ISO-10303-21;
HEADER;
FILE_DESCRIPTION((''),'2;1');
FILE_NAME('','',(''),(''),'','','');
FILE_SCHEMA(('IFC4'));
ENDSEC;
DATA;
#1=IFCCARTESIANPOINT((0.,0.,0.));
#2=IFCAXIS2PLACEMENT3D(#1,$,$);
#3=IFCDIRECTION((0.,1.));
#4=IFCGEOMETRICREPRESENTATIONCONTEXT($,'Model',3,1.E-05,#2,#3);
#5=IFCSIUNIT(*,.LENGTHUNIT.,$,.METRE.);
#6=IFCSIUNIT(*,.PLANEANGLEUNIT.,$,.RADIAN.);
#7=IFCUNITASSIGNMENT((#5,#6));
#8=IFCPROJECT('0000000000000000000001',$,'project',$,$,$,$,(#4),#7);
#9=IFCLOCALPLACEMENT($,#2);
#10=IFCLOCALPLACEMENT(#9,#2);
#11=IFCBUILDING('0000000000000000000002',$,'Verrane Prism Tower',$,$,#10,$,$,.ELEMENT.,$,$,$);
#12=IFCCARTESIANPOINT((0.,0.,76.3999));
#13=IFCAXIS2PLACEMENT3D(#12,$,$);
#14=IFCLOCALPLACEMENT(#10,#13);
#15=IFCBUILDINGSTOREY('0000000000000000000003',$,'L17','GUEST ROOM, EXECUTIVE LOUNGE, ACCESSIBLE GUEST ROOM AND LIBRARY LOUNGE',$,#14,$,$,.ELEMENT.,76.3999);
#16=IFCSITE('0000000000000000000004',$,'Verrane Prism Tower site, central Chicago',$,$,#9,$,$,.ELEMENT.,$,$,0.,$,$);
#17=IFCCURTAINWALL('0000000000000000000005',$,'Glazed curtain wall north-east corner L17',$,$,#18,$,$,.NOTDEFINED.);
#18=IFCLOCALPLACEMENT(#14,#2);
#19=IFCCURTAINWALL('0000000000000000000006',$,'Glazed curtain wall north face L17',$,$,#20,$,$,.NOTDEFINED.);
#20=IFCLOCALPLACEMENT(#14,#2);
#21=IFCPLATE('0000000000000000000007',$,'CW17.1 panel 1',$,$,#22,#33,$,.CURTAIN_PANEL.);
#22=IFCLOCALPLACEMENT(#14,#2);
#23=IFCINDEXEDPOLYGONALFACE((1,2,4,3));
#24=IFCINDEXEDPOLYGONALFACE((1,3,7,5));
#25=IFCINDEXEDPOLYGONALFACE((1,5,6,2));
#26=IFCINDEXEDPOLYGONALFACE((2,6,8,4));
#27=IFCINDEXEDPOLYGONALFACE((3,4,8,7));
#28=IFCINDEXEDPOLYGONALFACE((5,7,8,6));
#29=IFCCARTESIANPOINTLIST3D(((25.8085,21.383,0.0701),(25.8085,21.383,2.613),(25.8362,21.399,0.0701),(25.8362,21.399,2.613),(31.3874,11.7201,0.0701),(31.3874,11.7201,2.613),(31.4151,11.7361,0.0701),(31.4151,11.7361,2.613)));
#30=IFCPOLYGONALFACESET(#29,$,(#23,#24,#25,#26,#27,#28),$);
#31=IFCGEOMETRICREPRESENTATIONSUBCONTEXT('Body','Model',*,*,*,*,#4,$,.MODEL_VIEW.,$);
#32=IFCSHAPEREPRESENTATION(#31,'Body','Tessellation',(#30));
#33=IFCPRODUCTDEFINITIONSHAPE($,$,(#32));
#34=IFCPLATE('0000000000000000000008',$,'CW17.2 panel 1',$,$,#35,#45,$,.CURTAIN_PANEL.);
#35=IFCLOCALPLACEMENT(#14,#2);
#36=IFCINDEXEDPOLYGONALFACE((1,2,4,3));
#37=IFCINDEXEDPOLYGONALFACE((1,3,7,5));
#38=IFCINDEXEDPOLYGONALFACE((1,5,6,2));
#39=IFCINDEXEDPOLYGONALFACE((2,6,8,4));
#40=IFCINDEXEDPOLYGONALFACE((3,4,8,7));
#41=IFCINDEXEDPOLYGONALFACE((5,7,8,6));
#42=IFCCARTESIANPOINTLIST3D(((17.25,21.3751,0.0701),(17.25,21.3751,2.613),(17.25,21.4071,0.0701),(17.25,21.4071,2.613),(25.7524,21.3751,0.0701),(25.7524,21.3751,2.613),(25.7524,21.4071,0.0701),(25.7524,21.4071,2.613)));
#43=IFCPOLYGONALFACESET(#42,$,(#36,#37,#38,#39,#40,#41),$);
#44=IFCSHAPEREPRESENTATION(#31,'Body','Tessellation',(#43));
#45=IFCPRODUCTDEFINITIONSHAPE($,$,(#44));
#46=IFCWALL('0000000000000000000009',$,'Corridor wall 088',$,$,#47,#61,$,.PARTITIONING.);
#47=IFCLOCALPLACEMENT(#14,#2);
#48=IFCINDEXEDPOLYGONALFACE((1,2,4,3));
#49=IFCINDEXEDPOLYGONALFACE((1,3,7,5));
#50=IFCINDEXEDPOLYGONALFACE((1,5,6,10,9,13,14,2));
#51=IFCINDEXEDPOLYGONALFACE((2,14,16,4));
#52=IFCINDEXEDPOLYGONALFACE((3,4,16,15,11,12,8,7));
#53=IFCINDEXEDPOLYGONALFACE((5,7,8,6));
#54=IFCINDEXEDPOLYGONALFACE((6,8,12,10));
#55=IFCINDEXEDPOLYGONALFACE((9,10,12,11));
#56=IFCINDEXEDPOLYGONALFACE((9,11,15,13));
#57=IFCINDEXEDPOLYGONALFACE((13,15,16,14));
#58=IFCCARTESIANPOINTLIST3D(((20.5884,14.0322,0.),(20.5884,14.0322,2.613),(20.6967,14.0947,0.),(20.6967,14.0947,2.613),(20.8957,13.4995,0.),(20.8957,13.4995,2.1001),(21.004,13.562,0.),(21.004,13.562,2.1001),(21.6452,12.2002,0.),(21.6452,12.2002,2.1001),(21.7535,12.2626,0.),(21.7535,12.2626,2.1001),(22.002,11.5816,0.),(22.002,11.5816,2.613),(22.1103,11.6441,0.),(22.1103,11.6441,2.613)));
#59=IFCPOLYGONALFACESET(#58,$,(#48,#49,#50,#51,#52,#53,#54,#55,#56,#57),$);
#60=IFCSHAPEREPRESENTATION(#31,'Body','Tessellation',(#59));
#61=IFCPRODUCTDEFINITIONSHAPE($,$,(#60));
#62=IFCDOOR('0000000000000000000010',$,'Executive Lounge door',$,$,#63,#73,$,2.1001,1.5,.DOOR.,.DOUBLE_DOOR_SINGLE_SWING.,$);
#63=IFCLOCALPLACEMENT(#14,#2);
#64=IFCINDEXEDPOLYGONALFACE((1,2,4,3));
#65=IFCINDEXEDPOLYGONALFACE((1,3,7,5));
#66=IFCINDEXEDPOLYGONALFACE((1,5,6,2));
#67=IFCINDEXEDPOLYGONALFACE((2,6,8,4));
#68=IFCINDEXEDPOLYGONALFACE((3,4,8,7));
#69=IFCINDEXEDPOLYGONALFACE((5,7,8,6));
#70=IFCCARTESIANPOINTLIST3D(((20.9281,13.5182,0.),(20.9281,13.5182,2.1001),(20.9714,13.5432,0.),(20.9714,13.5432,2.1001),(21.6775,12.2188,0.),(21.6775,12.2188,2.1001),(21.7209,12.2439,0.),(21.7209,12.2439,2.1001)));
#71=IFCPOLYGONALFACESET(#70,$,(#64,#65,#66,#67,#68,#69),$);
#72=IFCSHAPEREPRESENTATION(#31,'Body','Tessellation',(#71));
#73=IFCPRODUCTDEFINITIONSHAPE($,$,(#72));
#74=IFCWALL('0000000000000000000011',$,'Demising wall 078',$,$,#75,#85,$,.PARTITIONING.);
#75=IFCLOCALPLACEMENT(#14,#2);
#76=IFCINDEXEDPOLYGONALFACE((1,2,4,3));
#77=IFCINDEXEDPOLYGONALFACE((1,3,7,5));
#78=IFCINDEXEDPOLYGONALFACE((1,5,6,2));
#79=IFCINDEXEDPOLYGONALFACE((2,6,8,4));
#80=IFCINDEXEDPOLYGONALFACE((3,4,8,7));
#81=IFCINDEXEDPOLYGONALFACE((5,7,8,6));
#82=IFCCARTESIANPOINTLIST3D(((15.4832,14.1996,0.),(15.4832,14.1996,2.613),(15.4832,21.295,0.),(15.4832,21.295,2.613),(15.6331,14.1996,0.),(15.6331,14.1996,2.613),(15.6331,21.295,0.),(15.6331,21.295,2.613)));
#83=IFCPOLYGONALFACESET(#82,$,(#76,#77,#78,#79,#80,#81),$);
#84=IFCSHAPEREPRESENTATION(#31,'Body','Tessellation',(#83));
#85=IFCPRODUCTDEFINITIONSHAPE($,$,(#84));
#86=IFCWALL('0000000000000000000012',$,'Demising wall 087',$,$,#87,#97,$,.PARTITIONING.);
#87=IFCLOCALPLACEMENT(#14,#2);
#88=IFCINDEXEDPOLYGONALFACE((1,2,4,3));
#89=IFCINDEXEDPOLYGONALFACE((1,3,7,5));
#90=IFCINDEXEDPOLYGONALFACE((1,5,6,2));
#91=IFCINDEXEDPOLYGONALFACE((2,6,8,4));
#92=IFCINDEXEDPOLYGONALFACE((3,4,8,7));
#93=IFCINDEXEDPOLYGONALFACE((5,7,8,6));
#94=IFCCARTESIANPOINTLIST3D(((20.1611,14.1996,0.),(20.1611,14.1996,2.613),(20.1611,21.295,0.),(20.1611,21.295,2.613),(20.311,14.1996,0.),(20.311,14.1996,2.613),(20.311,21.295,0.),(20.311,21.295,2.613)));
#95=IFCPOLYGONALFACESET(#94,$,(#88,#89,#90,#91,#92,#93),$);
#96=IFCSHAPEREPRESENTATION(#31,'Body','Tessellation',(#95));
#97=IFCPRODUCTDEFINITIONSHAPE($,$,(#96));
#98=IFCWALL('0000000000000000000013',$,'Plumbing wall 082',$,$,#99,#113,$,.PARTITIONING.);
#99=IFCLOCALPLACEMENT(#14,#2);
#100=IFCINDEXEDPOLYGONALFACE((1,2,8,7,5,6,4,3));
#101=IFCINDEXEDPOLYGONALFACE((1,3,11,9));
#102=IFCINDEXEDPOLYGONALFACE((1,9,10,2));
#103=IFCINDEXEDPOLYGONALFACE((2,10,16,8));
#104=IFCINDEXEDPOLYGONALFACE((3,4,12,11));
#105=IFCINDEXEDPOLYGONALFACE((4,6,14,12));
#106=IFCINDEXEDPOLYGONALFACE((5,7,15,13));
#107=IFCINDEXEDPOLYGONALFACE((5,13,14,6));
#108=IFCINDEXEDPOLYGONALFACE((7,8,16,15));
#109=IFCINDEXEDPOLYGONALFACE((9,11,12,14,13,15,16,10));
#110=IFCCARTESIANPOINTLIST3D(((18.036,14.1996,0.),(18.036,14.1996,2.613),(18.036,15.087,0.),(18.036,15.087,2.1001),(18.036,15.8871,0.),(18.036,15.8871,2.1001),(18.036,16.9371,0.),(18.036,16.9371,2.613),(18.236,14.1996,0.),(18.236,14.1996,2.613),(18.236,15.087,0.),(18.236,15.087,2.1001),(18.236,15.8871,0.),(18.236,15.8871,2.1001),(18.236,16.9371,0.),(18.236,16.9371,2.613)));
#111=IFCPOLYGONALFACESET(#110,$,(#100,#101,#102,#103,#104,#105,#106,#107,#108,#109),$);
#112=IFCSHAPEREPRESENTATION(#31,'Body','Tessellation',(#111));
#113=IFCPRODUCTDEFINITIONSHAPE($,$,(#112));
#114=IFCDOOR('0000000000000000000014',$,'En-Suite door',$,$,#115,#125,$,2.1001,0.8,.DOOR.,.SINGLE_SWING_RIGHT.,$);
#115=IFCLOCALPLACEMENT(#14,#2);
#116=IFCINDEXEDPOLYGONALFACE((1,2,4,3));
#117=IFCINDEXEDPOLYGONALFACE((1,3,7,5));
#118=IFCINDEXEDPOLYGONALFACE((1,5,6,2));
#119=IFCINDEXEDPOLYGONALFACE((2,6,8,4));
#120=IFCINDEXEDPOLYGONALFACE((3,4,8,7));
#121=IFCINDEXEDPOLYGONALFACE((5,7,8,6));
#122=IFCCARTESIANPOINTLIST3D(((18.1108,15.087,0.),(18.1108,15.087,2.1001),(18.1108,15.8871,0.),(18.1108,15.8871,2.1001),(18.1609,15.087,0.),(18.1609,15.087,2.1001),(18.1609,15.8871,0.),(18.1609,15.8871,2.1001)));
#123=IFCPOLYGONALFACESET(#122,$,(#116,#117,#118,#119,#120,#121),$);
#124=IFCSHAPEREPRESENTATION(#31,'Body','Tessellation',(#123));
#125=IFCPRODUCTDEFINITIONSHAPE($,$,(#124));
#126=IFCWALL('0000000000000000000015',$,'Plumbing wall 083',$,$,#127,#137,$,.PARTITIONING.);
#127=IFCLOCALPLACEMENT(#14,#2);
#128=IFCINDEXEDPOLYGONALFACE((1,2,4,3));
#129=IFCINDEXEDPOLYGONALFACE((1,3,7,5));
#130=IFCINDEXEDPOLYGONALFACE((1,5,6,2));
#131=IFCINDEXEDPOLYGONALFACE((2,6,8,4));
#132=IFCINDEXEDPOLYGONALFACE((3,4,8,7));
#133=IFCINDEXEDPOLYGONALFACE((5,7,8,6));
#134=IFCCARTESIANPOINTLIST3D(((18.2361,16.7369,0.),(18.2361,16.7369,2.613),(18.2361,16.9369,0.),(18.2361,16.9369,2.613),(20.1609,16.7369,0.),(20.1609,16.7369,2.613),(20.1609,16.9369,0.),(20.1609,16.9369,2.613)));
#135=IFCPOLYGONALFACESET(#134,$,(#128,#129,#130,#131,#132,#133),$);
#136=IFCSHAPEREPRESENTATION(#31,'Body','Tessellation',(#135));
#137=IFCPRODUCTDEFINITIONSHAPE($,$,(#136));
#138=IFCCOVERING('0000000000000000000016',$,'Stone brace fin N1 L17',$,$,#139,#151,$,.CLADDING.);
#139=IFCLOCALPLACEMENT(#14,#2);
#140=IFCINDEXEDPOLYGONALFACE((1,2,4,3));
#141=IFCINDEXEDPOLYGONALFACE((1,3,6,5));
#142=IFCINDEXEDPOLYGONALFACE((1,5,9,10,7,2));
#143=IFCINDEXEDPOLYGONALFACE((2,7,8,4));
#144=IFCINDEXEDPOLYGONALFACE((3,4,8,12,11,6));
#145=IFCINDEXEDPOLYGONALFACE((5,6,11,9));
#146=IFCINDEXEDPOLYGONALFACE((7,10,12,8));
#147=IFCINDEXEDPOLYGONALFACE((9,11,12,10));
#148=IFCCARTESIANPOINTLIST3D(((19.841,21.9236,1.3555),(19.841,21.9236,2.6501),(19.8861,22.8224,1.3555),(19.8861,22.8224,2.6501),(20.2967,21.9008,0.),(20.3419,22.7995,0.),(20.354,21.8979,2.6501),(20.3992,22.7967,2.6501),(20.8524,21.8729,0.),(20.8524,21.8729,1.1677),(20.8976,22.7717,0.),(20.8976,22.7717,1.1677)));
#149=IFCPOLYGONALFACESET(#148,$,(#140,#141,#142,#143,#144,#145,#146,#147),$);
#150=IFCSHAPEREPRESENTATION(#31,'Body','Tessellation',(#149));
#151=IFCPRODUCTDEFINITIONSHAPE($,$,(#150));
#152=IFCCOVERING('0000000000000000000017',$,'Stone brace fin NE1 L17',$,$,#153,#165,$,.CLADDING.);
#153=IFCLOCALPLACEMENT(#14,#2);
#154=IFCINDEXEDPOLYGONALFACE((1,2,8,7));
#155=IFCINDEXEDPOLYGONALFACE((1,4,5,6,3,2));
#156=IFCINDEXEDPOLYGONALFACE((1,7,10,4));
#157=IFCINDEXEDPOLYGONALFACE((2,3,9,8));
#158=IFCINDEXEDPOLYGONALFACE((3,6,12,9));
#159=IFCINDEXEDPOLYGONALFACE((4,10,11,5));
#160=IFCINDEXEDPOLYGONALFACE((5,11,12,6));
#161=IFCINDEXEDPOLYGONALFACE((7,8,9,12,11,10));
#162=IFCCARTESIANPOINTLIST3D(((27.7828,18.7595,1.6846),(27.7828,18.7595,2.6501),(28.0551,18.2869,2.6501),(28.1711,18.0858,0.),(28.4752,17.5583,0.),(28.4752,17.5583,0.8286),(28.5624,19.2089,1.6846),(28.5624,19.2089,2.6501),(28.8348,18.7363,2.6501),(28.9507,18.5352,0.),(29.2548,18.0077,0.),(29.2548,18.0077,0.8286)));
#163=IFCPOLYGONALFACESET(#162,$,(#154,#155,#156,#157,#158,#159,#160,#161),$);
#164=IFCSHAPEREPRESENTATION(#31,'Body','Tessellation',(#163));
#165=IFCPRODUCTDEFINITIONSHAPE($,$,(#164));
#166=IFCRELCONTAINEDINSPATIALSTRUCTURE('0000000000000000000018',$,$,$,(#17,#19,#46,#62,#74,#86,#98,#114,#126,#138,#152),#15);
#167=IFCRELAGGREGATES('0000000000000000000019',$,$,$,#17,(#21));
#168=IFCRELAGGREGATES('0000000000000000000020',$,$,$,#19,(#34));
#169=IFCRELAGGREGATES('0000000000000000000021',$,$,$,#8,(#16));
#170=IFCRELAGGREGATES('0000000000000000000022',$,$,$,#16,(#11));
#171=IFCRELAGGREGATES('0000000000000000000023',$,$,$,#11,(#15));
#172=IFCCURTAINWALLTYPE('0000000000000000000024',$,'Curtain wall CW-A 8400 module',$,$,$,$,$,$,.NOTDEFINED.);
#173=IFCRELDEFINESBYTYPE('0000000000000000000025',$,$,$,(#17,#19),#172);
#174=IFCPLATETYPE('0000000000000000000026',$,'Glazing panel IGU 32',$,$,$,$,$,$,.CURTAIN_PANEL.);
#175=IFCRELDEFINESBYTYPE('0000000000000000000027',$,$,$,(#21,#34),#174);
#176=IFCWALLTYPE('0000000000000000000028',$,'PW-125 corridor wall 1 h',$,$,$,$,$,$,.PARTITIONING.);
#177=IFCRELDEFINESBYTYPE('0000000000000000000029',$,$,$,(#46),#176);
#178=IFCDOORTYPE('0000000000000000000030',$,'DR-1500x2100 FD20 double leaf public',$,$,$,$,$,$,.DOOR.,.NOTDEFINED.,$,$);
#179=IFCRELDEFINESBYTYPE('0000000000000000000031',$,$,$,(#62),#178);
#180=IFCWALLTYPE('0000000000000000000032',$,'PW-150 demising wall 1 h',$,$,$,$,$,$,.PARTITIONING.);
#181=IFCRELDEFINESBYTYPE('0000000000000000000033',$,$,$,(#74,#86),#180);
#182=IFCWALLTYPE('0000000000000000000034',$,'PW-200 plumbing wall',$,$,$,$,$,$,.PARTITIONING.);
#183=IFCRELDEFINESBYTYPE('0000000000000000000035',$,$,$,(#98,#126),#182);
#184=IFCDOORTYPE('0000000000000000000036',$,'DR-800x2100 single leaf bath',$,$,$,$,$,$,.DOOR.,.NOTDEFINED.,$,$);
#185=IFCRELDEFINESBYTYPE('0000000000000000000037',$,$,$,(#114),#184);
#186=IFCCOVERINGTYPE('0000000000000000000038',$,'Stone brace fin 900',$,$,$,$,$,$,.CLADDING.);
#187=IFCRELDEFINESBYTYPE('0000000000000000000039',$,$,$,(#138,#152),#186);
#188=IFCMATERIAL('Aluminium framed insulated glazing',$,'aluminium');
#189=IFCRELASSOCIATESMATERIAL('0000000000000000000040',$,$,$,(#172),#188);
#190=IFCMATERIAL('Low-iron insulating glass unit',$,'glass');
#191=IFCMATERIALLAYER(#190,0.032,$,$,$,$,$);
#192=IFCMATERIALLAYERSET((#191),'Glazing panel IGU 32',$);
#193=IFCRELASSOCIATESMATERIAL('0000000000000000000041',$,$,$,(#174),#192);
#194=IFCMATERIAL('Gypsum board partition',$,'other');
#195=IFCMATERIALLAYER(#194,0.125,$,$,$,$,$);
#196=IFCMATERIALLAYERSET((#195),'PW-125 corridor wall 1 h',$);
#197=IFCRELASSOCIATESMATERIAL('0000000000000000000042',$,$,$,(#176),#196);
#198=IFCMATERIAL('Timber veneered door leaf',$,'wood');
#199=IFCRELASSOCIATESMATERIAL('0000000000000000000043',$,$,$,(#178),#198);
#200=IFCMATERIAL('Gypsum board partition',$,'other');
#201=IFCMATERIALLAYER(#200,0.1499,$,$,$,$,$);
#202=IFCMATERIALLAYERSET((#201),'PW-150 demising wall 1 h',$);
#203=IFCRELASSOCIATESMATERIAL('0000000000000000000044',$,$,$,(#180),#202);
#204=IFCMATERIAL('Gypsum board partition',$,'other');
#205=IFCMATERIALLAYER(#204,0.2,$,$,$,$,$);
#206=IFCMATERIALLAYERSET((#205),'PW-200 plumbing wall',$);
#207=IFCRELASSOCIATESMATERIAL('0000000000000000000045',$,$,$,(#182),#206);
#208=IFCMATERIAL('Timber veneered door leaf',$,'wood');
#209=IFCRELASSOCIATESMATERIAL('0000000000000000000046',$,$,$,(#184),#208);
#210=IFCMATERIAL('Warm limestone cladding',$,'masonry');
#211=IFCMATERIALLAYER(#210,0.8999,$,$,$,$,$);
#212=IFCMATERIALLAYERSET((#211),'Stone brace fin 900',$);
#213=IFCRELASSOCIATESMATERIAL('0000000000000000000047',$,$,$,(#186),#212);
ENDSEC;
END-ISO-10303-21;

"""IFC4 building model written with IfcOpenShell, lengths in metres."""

from ifc_helpers import new_model, si_unit, direction, frame, frame_2d, origin, origin_2d, place, context, subcontext, project, spatial, polyline, rectangle, outline, extrude, material, layer, layer_set, type_object, element, fill, aggregate, save


model = new_model("IFC4")

# Units and contexts
model_context = context("Model", 3, precision=1e-05, world=origin(), true_north=direction((0.0, 1.0)))
body_context = subcontext(model_context, "Body", "Model", "MODEL_VIEW")
ifc_project = project(units=[si_unit("LENGTHUNIT", "METRE"), si_unit("PLANEANGLEUNIT", "RADIAN")], contexts=[model_context])

# Site, building, storey
site_placement = place(None, origin())
site = spatial("IfcSite", under=ifc_project, at=site_placement, Name="Verrane Prism Tower site, central Chicago", CompositionType="ELEMENT", RefElevation=0.0)
building_placement = place(site_placement, origin())
building = spatial("IfcBuilding", under=site, at=building_placement, Name="Verrane Prism Tower", CompositionType="ELEMENT")
storey_placement = place(building_placement, frame((0.0, 0.0, 76.3999)))
storey = spatial("IfcBuildingStorey", under=building, at=storey_placement, Name="L17", Description="GUEST ROOM, EXECUTIVE LOUNGE, ACCESSIBLE GUEST ROOM AND LIBRARY LOUNGE", CompositionType="ELEMENT", Elevation=76.3999)

# Curtain wall
ifc_material_1 = material(Name="Aluminium framed insulated glazing", Category="aluminium")
curtain_wall_type = type_object("IfcCurtainWallType", Name="Curtain wall CW-A 8400 module", PredefinedType="NOTDEFINED", material=ifc_material_1)
curtain_wall_1_placement = place(storey_placement, origin())
curtain_wall_1 = element("IfcCurtainWall", 1, at=curtain_wall_1_placement, inside=storey, type_object=curtain_wall_type, Name="Glazed curtain wall north-east corner L17", PredefinedType="NOTDEFINED")

# Curtain wall
curtain_wall_2_placement = place(storey_placement, origin())
curtain_wall_2 = element("IfcCurtainWall", 2, at=curtain_wall_2_placement, inside=storey, type_object=curtain_wall_type, Name="Glazed curtain wall north face L17", PredefinedType="NOTDEFINED")

# Plates
ifc_material_2 = material(Name="Low-iron insulating glass unit", Category="glass")
ifc_layer_1 = layer(ifc_material_2, 0.032)
ifc_layer_set_1 = layer_set([ifc_layer_1], Name="Glazing panel IGU 32")
plate_type = type_object("IfcPlateType", Name="Glazing panel IGU 32", PredefinedType="CURTAIN_PANEL", material=ifc_layer_set_1)
plate_1_placement = place(storey_placement, frame((28.6118, 16.5596, 0.0701), z_axis=(0.0, 0.0, 1.0), x_axis=(-0.499998, 0.866026, 0.0)))
plate_1 = element("IfcPlate", 3, at=plate_1_placement, type_object=plate_type, Name="CW17.1 panel 1", PredefinedType="CURTAIN_PANEL", context=body_context, shape_type="SweptSolid", body=[
    extrude(rectangle(XDim=11.1577, YDim=0.032, at=origin_2d()), origin(), (0.0, 0.0, 1.0), 2.543),
])
aggregate(curtain_wall_1, [plate_1])
plate_2_placement = place(storey_placement, frame((21.5012, 21.3911, 0.0701), z_axis=(0.0, 0.0, 1.0), x_axis=(-1.0, 0.0, 0.0)))
plate_2 = element("IfcPlate", 4, at=plate_2_placement, type_object=plate_type, Name="CW17.2 panel 1", PredefinedType="CURTAIN_PANEL", context=body_context, shape_type="SweptSolid", body=[
    extrude(rectangle(XDim=8.5024, YDim=0.032, at=origin_2d()), origin(), (0.0, 0.0, 1.0), 2.543),
])
aggregate(curtain_wall_2, [plate_2])

# Wall, opening, door
ifc_material_3 = material(Name="Gypsum board partition", Category="other")
ifc_layer_2 = layer(ifc_material_3, 0.125)
ifc_layer_set_2 = layer_set([ifc_layer_2], Name="PW-125 corridor wall 1 h")
wall_type_1 = type_object("IfcWallType", Name="PW-125 corridor wall 1 h", PredefinedType="PARTITIONING", material=ifc_layer_set_2)
wall_1_placement = place(storey_placement, frame((20.6426, 14.0635, 0.0), z_axis=(0.0, 0.0, 1.0), x_axis=(0.499648, -0.866229, 0.0)))
wall_1 = element("IfcWall", 5, at=wall_1_placement, inside=storey, type_object=wall_type_1, Name="Corridor wall 088", PredefinedType="PARTITIONING", context=body_context, shape_type="SweptSolid", body=[
    extrude(rectangle(XDim=2.8291, YDim=0.125, at=frame_2d((1.4146, 0.0))), origin(), (0.0, 0.0, 1.0), 2.613),
])
opening_1_placement = place(wall_1_placement, frame((0.615, 0.0, 0.0)))
opening_1 = element("IfcOpeningElement", 6, at=opening_1_placement, cuts=wall_1, PredefinedType="OPENING", context=body_context, shape_type="SweptSolid", body=[
    extrude(rectangle(XDim=1.5, YDim=2.1001, at=frame_2d((0.75, 1.05))), frame((0.0, 0.0725, 0.0), z_axis=(0.0, -1.0, 0.0), x_axis=(1.0, 0.0, 0.0)), (0.0, 0.0, 1.0), 0.145),
])
ifc_material_4 = material(Name="Timber veneered door leaf", Category="wood")
door_type_1 = type_object("IfcDoorType", Name="DR-1500x2100 FD20 double leaf public", OperationType="NOTDEFINED", PredefinedType="DOOR", material=ifc_material_4)
door_1_placement = place(opening_1_placement, origin())
door_1 = element("IfcDoor", 7, at=door_1_placement, inside=storey, type_object=door_type_1, Name="Executive Lounge door", OperationType="DOUBLE_DOOR_SINGLE_SWING", OverallHeight=2.1001, OverallWidth=1.5, PredefinedType="DOOR", context=body_context, shape_type="SweptSolid", body=[
    extrude(rectangle(XDim=1.5, YDim=2.1001, at=frame_2d((0.75, 1.05))), frame((0.0, 0.0249, 0.0), z_axis=(0.0, -1.0, 0.0), x_axis=(1.0, 0.0, 0.0)), (0.0, 0.0, 1.0), 0.05),
])
fill(opening_1, door_1)

# Walls
ifc_material_5 = material(Name="Gypsum board partition", Category="other")
ifc_layer_3 = layer(ifc_material_5, 0.1499)
ifc_layer_set_3 = layer_set([ifc_layer_3], Name="PW-150 demising wall 1 h")
wall_type_2 = type_object("IfcWallType", Name="PW-150 demising wall 1 h", PredefinedType="PARTITIONING", material=ifc_layer_set_3)
for number, where, z_axis, x_axis, name in (
    (8, (15.5581, 14.1995, 0.0), (0.0, 0.0, 1.0), (0.0, 1.0, 0.0), "Demising wall 078"),
    (9, (20.2361, 14.1995, 0.0), (0.0, 0.0, 1.0), (0.0, 1.0, 0.0), "Demising wall 087"),
):
    element("IfcWall", number, at=place(storey_placement, frame(where, z_axis=z_axis, x_axis=x_axis)), inside=storey, type_object=wall_type_2, Name=name, PredefinedType="PARTITIONING", context=body_context, shape_type="SweptSolid", body=[
        extrude(rectangle(XDim=7.0955, YDim=0.1499, at=frame_2d((3.5479, 0.0))), origin(), (0.0, 0.0, 1.0), 2.613),
    ])

# Wall, opening, door
ifc_material_6 = material(Name="Gypsum board partition", Category="other")
ifc_layer_4 = layer(ifc_material_6, 0.2)
ifc_layer_set_4 = layer_set([ifc_layer_4], Name="PW-200 plumbing wall")
wall_type_3 = type_object("IfcWallType", Name="PW-200 plumbing wall", PredefinedType="PARTITIONING", material=ifc_layer_set_4)
wall_2_placement = place(storey_placement, frame((18.136, 16.937, 0.0), z_axis=(0.0, 0.0, 1.0), x_axis=(0.0, -1.0, 0.0)))
wall_2 = element("IfcWall", 10, at=wall_2_placement, inside=storey, type_object=wall_type_3, Name="Plumbing wall 082", PredefinedType="PARTITIONING", context=body_context, shape_type="SweptSolid", body=[
    extrude(rectangle(XDim=2.7375, YDim=0.2, at=frame_2d((1.3687, 0.0))), origin(), (0.0, 0.0, 1.0), 2.613),
])
opening_2_placement = place(wall_2_placement, frame((1.05, 0.0, 0.0)))
opening_2 = element("IfcOpeningElement", 11, at=opening_2_placement, cuts=wall_2, PredefinedType="OPENING", context=body_context, shape_type="SweptSolid", body=[
    extrude(rectangle(XDim=0.8, YDim=2.1001, at=frame_2d((0.3999, 1.05))), frame((0.0, 0.1099, 0.0), z_axis=(0.0, -1.0, 0.0), x_axis=(1.0, 0.0, 0.0)), (0.0, 0.0, 1.0), 0.22),
])
ifc_material_7 = material(Name="Timber veneered door leaf", Category="wood")
door_type_2 = type_object("IfcDoorType", Name="DR-800x2100 single leaf bath", OperationType="NOTDEFINED", PredefinedType="DOOR", material=ifc_material_7)
door_2_placement = place(opening_2_placement, origin())
door_2 = element("IfcDoor", 12, at=door_2_placement, inside=storey, type_object=door_type_2, Name="En-Suite door", OperationType="SINGLE_SWING_RIGHT", OverallHeight=2.1001, OverallWidth=0.8, PredefinedType="DOOR", context=body_context, shape_type="SweptSolid", body=[
    extrude(rectangle(XDim=0.8, YDim=2.1001, at=frame_2d((0.3999, 1.05))), frame((0.0, 0.0249, 0.0), z_axis=(0.0, -1.0, 0.0), x_axis=(1.0, 0.0, 0.0)), (0.0, 0.0, 1.0), 0.05),
])
fill(opening_2, door_2)

# Wall
wall_3_placement = place(storey_placement, frame((18.2361, 16.8369, 0.0), z_axis=(0.0, 0.0, 1.0), x_axis=(1.0, 0.0, 0.0)))
element("IfcWall", 13, at=wall_3_placement, inside=storey, type_object=wall_type_3, Name="Plumbing wall 083", PredefinedType="PARTITIONING", context=body_context, shape_type="SweptSolid", body=[
    extrude(rectangle(XDim=1.9248, YDim=0.2, at=frame_2d((0.9624, 0.0))), origin(), (0.0, 0.0, 1.0), 2.613),
])

# Coverings
ifc_material_8 = material(Name="Warm limestone cladding", Category="masonry")
ifc_layer_5 = layer(ifc_material_8, 0.8999)
ifc_layer_set_5 = layer_set([ifc_layer_5], Name="Stone brace fin 900")
covering_type = type_object("IfcCoveringType", Name="Stone brace fin 900", PredefinedType="CLADDING", material=ifc_layer_set_5)
covering_1_placement = place(storey_placement, frame((20.875, 22.3223, 0.0), z_axis=(0.0, 0.0, 1.0), x_axis=(-0.998743, 0.05013, 0.0)))
element("IfcCovering", 14, at=covering_1_placement, inside=storey, type_object=covering_type, Name="Stone brace fin N1 L17", PredefinedType="CLADDING", context=body_context, shape_type="SweptSolid", body=[
    extrude(outline(polyline([(1.0127, 2.6501), (0.499, 2.6501), (0.0, 1.1677), (0.0, 0.0), (0.5564, 0.0), (1.0127, 1.3555), (1.0127, 2.6501)])), frame((0.0, 0.45, 0.0), z_axis=(0.0, -1.0, 0.0), x_axis=(1.0, 0.0, 0.0)), (0.0, 0.0, 1.0), 0.8999),
])
covering_2_placement = place(storey_placement, frame((28.865, 17.783, 0.0), z_axis=(0.0, 0.0, 1.0), x_axis=(-0.499397, 0.866373, 0.0)))
element("IfcCovering", 15, at=covering_2_placement, inside=storey, type_object=covering_type, Name="Stone brace fin NE1 L17", PredefinedType="CLADDING", context=body_context, shape_type="SweptSolid", body=[
    extrude(outline(polyline([(1.3865, 2.6501), (0.8411, 2.6501), (0.0, 0.8286), (0.0, 0.0), (0.6089, 0.0), (1.3865, 1.6846), (1.3865, 2.6501)])), frame((0.0, 0.45, 0.0), z_axis=(0.0, -1.0, 0.0), x_axis=(1.0, 0.0, 0.0)), (0.0, 0.0, 1.0), 0.8999),
])

save(model, "model.ifc")
